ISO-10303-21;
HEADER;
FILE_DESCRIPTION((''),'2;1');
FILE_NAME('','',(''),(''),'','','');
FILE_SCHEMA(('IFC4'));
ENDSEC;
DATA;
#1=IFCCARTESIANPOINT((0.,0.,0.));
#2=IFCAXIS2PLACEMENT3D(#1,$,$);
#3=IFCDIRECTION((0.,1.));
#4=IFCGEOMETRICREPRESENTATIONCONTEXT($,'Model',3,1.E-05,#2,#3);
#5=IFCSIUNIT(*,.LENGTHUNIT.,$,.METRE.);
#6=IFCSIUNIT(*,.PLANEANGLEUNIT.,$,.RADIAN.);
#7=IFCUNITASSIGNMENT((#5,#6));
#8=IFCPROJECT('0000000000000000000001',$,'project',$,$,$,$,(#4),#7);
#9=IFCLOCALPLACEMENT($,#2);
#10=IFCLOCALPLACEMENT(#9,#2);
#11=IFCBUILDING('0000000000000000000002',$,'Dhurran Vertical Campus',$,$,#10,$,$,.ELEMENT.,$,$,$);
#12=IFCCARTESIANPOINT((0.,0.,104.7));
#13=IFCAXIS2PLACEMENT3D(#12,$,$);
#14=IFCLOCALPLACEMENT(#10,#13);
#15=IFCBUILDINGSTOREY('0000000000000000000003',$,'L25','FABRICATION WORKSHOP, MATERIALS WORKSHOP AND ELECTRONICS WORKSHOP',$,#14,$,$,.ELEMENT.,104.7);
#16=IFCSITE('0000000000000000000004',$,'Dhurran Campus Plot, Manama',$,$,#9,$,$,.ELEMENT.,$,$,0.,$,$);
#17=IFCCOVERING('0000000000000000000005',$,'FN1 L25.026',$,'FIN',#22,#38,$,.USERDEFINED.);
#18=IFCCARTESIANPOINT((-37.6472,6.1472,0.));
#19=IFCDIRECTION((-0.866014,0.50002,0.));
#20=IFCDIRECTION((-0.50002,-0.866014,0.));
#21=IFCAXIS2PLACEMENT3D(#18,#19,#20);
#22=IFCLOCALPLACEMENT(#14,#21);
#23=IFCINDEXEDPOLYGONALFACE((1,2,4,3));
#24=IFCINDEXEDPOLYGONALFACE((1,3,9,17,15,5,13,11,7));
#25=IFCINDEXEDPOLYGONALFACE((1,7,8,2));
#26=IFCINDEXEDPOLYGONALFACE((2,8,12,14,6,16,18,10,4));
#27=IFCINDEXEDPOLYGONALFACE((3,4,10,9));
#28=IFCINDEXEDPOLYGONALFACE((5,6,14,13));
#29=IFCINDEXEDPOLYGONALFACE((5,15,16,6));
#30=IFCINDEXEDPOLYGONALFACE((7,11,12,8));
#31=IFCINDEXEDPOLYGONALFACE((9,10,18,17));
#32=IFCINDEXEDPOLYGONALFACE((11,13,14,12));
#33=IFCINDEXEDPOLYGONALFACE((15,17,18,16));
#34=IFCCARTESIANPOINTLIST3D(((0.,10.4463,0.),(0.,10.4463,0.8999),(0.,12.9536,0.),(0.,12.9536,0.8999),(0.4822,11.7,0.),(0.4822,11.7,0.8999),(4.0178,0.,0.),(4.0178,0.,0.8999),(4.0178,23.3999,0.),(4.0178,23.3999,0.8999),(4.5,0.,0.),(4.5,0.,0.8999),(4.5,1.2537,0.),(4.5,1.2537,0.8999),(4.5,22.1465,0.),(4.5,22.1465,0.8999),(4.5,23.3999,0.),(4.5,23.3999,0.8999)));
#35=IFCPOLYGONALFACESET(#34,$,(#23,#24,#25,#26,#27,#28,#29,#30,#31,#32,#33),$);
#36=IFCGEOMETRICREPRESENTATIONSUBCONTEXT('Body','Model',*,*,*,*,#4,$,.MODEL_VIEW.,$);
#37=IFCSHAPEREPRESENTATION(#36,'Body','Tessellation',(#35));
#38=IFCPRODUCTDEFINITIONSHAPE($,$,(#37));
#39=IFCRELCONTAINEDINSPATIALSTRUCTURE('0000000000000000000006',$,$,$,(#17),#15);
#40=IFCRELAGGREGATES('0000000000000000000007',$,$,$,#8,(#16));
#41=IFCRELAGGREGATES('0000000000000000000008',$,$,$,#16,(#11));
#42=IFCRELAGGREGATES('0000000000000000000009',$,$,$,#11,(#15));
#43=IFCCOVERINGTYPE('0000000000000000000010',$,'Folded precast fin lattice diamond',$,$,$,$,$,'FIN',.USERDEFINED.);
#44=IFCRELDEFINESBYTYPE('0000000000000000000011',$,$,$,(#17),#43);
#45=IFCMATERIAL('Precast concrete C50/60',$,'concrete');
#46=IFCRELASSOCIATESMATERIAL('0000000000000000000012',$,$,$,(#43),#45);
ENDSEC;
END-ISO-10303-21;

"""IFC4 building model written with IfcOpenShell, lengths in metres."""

from ifc_helpers import new_model, si_unit, direction, frame, origin, place, context, subcontext, project, spatial, polyline, outline, extrude, material, type_object, element, save


model = new_model("IFC4")

# Units and contexts
model_context = context("Model", 3, precision=1e-05, world=origin(), true_north=direction((0.0, 1.0)))
body_context = subcontext(model_context, "Body", "Model", "MODEL_VIEW")
ifc_project = project(units=[si_unit("LENGTHUNIT", "METRE"), si_unit("PLANEANGLEUNIT", "RADIAN")], contexts=[model_context])

# Site, building, storey
site_placement = place(None, origin())
site = spatial("IfcSite", under=ifc_project, at=site_placement, Name="Dhurran Campus Plot, Manama", CompositionType="ELEMENT", RefElevation=0.0)
building_placement = place(site_placement, origin())
building = spatial("IfcBuilding", under=site, at=building_placement, Name="Dhurran Vertical Campus", CompositionType="ELEMENT")
storey_placement = place(building_placement, frame((0.0, 0.0, 104.7)))
storey = spatial("IfcBuildingStorey", under=building, at=storey_placement, Name="L25", Description="FABRICATION WORKSHOP, MATERIALS WORKSHOP AND ELECTRONICS WORKSHOP", CompositionType="ELEMENT", Elevation=104.7)

# Covering
ifc_material_1 = material(Name="Precast concrete C50/60", Category="concrete")
covering_type = type_object("IfcCoveringType", Name="Folded precast fin lattice diamond", ElementType="FIN", PredefinedType="USERDEFINED", material=ifc_material_1)
covering_1_placement = place(storey_placement, frame((-37.6472, 6.1472, 0.0), z_axis=(-0.866014, 0.50002, 0.0), x_axis=(-0.50002, -0.866014, 0.0)))
element("IfcCovering", 1, at=covering_1_placement, inside=storey, type_object=covering_type, Name="FN1 L25.026", ObjectType="FIN", PredefinedType="USERDEFINED", context=body_context, shape_type="SweptSolid", body=[
    extrude(outline(polyline([(4.0178, 0.0), (0.0, 10.4463), (0.0, 12.9536), (4.0178, 23.3999), (4.5, 23.3999), (4.5, 22.1465), (0.4822, 11.7), (4.5, 1.2537), (4.5, 0.0), (4.0178, 0.0)])), origin(), (0.0, 0.0, 1.0), 0.8999),
])

save(model, "model.ifc")
